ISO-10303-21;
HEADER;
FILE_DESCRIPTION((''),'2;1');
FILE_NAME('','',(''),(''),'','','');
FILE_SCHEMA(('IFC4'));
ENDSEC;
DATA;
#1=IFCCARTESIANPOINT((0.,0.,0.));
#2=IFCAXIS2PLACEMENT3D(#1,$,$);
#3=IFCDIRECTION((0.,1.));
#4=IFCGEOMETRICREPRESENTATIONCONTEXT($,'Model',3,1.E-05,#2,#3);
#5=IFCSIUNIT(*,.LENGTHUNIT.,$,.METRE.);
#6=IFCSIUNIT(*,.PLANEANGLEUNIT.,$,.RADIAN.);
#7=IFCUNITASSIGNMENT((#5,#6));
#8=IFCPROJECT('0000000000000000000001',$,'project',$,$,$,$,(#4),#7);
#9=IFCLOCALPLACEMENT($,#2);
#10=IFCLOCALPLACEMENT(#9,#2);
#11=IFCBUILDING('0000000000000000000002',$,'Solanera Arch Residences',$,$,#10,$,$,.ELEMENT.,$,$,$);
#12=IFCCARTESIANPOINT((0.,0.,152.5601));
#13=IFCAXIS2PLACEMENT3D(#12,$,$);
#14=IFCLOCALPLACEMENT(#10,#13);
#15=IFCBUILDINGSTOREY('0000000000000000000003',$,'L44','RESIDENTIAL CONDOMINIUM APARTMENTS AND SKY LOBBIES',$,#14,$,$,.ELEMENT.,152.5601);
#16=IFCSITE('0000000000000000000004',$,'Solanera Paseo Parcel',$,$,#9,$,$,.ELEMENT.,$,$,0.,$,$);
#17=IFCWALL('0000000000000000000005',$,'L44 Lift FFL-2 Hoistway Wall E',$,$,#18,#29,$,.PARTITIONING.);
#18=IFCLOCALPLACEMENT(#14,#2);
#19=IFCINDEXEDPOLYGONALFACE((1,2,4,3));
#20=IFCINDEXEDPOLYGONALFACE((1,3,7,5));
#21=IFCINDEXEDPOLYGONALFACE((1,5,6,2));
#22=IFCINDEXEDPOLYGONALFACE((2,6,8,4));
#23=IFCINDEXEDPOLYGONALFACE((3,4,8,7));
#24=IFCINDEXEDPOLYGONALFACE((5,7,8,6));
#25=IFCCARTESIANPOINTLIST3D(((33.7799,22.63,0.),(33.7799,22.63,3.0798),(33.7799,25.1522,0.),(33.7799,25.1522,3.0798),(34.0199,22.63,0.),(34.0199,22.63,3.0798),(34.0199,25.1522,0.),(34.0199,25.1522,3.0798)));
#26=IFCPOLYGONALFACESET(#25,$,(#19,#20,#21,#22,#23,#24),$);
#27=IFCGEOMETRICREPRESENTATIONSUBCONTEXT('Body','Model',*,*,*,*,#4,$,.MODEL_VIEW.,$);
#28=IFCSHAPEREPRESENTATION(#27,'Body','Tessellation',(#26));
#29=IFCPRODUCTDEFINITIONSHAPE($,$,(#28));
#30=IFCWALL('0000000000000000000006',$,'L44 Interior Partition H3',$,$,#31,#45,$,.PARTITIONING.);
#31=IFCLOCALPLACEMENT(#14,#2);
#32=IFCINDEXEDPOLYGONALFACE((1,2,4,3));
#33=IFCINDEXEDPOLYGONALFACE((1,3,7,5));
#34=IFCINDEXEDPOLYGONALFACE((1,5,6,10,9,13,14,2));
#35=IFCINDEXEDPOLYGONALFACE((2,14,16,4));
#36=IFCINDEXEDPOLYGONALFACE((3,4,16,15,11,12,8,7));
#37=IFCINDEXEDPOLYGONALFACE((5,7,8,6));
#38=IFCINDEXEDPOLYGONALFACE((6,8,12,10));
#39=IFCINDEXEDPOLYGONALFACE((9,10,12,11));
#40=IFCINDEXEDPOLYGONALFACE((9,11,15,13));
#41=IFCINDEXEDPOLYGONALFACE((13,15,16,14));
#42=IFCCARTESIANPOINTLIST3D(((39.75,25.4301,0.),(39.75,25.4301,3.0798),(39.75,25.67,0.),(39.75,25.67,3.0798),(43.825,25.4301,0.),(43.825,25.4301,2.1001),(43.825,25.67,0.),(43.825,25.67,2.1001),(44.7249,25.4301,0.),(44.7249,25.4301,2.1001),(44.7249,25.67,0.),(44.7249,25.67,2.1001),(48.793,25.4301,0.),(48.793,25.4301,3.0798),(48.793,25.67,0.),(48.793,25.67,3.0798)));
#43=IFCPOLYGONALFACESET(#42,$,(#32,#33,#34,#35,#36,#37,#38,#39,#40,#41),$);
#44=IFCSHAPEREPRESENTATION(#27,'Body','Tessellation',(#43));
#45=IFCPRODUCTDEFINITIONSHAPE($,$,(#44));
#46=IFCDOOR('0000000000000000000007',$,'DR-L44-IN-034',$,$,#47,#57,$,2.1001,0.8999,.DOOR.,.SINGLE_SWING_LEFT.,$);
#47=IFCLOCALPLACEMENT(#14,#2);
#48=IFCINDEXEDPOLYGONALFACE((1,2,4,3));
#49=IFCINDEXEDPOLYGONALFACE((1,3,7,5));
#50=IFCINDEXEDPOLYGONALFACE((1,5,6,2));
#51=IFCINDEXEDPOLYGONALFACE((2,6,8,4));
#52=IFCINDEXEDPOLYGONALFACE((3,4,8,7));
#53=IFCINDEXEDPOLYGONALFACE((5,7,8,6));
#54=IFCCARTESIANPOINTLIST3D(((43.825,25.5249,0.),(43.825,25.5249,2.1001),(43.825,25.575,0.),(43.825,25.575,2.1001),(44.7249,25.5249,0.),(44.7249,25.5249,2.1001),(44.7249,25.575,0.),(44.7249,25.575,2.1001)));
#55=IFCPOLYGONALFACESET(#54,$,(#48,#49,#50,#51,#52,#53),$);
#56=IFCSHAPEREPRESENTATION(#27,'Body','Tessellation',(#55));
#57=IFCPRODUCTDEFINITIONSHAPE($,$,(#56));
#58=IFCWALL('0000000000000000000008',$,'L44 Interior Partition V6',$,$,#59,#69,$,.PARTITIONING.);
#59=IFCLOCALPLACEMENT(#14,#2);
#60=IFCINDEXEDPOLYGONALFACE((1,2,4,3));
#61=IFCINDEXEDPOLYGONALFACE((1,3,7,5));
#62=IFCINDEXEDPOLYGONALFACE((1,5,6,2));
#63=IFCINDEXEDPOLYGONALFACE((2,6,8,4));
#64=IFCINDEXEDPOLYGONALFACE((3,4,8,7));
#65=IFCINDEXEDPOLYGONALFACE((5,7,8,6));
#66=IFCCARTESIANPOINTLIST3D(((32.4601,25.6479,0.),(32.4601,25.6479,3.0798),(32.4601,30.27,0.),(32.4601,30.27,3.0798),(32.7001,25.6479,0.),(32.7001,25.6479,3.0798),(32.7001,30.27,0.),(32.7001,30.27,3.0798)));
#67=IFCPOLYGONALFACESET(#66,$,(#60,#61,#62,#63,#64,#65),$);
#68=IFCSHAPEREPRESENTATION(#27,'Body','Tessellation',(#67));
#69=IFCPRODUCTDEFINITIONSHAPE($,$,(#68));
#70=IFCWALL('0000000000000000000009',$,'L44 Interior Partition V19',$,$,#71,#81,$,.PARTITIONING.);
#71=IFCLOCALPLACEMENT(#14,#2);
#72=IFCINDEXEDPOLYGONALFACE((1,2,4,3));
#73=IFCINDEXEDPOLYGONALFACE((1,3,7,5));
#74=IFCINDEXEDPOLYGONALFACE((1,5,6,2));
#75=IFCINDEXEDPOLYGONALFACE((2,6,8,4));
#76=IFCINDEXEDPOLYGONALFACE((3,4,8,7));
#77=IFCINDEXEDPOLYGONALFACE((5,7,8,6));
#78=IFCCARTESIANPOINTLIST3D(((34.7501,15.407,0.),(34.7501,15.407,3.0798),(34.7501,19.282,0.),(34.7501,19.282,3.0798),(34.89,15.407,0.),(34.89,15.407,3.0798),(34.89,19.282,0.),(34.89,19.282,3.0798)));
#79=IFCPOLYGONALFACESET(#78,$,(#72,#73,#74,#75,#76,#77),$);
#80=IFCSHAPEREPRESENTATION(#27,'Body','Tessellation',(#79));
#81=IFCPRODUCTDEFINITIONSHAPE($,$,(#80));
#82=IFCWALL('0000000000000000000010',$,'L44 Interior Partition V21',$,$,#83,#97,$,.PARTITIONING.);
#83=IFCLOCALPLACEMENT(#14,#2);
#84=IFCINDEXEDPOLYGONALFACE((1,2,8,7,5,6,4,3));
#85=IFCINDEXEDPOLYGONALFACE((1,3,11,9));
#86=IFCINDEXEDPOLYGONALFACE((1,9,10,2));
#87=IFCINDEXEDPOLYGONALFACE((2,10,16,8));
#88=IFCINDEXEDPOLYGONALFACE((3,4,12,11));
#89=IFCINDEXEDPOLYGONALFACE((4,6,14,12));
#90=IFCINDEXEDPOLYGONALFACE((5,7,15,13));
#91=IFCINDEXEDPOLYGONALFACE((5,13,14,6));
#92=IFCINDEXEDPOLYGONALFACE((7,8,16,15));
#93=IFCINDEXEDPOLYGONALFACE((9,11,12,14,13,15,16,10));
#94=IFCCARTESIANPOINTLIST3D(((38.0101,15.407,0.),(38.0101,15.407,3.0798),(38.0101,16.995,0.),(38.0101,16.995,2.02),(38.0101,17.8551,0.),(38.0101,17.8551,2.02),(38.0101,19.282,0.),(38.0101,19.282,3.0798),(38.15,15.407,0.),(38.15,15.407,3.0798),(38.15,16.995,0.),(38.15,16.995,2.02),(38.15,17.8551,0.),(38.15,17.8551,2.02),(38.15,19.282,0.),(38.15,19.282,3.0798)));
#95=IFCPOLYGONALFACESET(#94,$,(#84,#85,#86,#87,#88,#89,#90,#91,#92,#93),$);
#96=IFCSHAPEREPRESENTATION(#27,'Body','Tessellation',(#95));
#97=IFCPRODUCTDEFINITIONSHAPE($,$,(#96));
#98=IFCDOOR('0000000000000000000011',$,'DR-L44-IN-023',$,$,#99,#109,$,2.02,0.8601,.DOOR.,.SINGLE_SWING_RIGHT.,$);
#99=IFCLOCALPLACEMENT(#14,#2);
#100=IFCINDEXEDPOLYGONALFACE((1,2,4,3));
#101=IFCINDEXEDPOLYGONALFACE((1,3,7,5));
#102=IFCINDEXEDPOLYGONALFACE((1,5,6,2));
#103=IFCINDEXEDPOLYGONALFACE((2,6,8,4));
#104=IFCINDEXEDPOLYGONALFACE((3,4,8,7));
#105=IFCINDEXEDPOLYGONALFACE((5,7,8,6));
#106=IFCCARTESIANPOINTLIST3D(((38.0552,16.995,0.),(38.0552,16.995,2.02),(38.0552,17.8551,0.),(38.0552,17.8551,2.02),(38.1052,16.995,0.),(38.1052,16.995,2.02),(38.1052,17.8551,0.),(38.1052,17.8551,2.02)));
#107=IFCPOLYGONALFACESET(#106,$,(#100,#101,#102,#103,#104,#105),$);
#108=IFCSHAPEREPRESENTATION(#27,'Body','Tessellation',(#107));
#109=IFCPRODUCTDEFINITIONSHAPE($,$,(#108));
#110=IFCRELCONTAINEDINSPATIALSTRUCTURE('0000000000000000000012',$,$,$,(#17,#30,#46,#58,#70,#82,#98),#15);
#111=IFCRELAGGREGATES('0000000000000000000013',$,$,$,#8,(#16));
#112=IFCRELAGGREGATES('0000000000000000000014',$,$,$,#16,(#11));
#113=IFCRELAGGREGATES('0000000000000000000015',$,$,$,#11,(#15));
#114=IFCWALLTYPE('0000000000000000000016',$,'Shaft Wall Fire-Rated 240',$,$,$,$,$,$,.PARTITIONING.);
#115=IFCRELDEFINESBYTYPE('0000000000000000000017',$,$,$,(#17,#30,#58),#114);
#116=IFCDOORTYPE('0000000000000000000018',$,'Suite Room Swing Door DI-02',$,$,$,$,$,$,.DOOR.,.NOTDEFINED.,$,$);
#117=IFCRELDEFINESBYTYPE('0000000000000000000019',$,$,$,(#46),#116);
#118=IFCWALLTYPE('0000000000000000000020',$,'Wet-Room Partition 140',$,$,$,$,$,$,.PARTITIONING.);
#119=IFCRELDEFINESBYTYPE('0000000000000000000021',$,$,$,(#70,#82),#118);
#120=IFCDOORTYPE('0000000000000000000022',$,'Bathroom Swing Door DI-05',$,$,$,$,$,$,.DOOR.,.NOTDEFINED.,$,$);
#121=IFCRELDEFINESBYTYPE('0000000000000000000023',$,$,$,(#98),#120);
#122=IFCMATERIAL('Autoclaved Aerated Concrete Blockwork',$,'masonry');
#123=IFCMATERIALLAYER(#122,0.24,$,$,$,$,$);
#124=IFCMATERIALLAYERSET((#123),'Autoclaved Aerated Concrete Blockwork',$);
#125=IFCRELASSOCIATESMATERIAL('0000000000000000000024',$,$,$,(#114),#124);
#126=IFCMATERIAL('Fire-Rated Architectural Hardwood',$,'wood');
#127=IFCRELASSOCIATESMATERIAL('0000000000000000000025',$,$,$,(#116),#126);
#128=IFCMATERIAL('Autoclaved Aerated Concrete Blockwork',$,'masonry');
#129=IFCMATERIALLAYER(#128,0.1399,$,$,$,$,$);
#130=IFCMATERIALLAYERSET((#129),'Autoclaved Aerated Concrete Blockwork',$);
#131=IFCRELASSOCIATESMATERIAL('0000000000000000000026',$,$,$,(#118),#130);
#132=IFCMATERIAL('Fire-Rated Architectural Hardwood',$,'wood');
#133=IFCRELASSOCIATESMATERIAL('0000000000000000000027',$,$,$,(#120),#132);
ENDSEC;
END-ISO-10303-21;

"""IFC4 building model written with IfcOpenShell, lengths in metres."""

from ifc_helpers import new_model, si_unit, direction, frame, frame_2d, origin, place, context, subcontext, project, spatial, rectangle, extrude, material, layer, layer_set, type_object, element, fill, save


model = new_model("IFC4")

# Units and contexts
model_context = context("Model", 3, precision=1e-05, world=origin(), true_north=direction((0.0, 1.0)))
body_context = subcontext(model_context, "Body", "Model", "MODEL_VIEW")
ifc_project = project(units=[si_unit("LENGTHUNIT", "METRE"), si_unit("PLANEANGLEUNIT", "RADIAN")], contexts=[model_context])

# Site, building, storey
site_placement = place(None, origin())
site = spatial("IfcSite", under=ifc_project, at=site_placement, Name="Solanera Paseo Parcel", CompositionType="ELEMENT", RefElevation=0.0)
building_placement = place(site_placement, origin())
building = spatial("IfcBuilding", under=site, at=building_placement, Name="Solanera Arch Residences", CompositionType="ELEMENT")
storey_placement = place(building_placement, frame((0.0, 0.0, 152.5601)))
storey = spatial("IfcBuildingStorey", under=building, at=storey_placement, Name="L44", Description="RESIDENTIAL CONDOMINIUM APARTMENTS AND SKY LOBBIES", CompositionType="ELEMENT", Elevation=152.5601)

# Wall
ifc_material_1 = material(Name="Autoclaved Aerated Concrete Blockwork", Category="masonry")
ifc_layer_1 = layer(ifc_material_1, 0.24)
ifc_layer_set_1 = layer_set([ifc_layer_1], Name="Autoclaved Aerated Concrete Blockwork")
wall_type_1 = type_object("IfcWallType", Name="Shaft Wall Fire-Rated 240", PredefinedType="PARTITIONING", material=ifc_layer_set_1)
wall_1_placement = place(storey_placement, frame((33.8999, 22.6299, 0.0), z_axis=(0.0, 0.0, 1.0), x_axis=(0.0, 1.0, 0.0)))
element("IfcWall", 1, at=wall_1_placement, inside=storey, type_object=wall_type_1, Name="L44 Lift FFL-2 Hoistway Wall E", PredefinedType="PARTITIONING", context=body_context, shape_type="SweptSolid", body=[
    extrude(rectangle(XDim=2.5222, YDim=0.24, at=frame_2d((1.2612, 0.0))), origin(), (0.0, 0.0, 1.0), 3.0798),
])

# Wall, opening, door
wall_2_placement = place(storey_placement, frame((39.75, 25.55, 0.0), z_axis=(0.0, 0.0, 1.0), x_axis=(1.0, 0.0, 0.0)))
wall_2 = element("IfcWall", 2, at=wall_2_placement, inside=storey, type_object=wall_type_1, Name="L44 Interior Partition H3", PredefinedType="PARTITIONING", context=body_context, shape_type="SweptSolid", body=[
    extrude(rectangle(XDim=9.043, YDim=0.24, at=frame_2d((4.5215, 0.0))), origin(), (0.0, 0.0, 1.0), 3.0798),
])
opening_1_placement = place(wall_2_placement, frame((4.075, 0.0, 0.0)))
opening_1 = element("IfcOpeningElement", 3, at=opening_1_placement, cuts=wall_2, PredefinedType="OPENING", context=body_context, shape_type="SweptSolid", body=[
    extrude(rectangle(XDim=0.8999, YDim=2.1001, at=frame_2d((0.45, 1.05))), frame((0.0, 0.1299, 0.0), z_axis=(0.0, -1.0, 0.0), x_axis=(1.0, 0.0, 0.0)), (0.0, 0.0, 1.0), 0.26),
])
ifc_material_2 = material(Name="Fire-Rated Architectural Hardwood", Category="wood")
door_type_1 = type_object("IfcDoorType", Name="Suite Room Swing Door DI-02", OperationType="NOTDEFINED", PredefinedType="DOOR", material=ifc_material_2)
door_1_placement = place(opening_1_placement, origin())
door_1 = element("IfcDoor", 4, at=door_1_placement, inside=storey, type_object=door_type_1, Name="DR-L44-IN-034", OperationType="SINGLE_SWING_LEFT", OverallHeight=2.1001, OverallWidth=0.8999, PredefinedType="DOOR", context=body_context, shape_type="SweptSolid", body=[
    extrude(rectangle(XDim=0.8999, YDim=2.1001, at=frame_2d((0.45, 1.05))), frame((0.0, 0.0249, 0.0), z_axis=(0.0, -1.0, 0.0), x_axis=(1.0, 0.0, 0.0)), (0.0, 0.0, 1.0), 0.05),
])
fill(opening_1, door_1)

# Walls
wall_3_placement = place(storey_placement, frame((32.5801, 25.6479, 0.0), z_axis=(0.0, 0.0, 1.0), x_axis=(0.0, 1.0, 0.0)))
element("IfcWall", 5, at=wall_3_placement, inside=storey, type_object=wall_type_1, Name="L44 Interior Partition V6", PredefinedType="PARTITIONING", context=body_context, shape_type="SweptSolid", body=[
    extrude(rectangle(XDim=4.6221, YDim=0.24, at=frame_2d((2.311, 0.0))), origin(), (0.0, 0.0, 1.0), 3.0798),
])
ifc_material_3 = material(Name="Autoclaved Aerated Concrete Blockwork", Category="masonry")
ifc_layer_2 = layer(ifc_material_3, 0.1399)
ifc_layer_set_2 = layer_set([ifc_layer_2], Name="Autoclaved Aerated Concrete Blockwork")
wall_type_2 = type_object("IfcWallType", Name="Wet-Room Partition 140", PredefinedType="PARTITIONING", material=ifc_layer_set_2)
wall_4_placement = place(storey_placement, frame((34.8201, 15.407, 0.0), z_axis=(0.0, 0.0, 1.0), x_axis=(0.0, 1.0, 0.0)))
element("IfcWall", 6, at=wall_4_placement, inside=storey, type_object=wall_type_2, Name="L44 Interior Partition V19", PredefinedType="PARTITIONING", context=body_context, shape_type="SweptSolid", body=[
    extrude(rectangle(XDim=3.875, YDim=0.1399, at=frame_2d((1.9375, 0.0))), origin(), (0.0, 0.0, 1.0), 3.0798),
])

# Wall, opening, door
wall_5_placement = place(storey_placement, frame((38.0801, 15.407, 0.0), z_axis=(0.0, 0.0, 1.0), x_axis=(0.0, 1.0, 0.0)))
wall_5 = element("IfcWall", 7, at=wall_5_placement, inside=storey, type_object=wall_type_2, Name="L44 Interior Partition V21", PredefinedType="PARTITIONING", context=body_context, shape_type="SweptSolid", body=[
    extrude(rectangle(XDim=3.875, YDim=0.1399, at=frame_2d((1.9375, 0.0))), origin(), (0.0, 0.0, 1.0), 3.0798),
])
opening_2_placement = place(wall_5_placement, frame((1.5879, 0.0, 0.0)))
opening_2 = element("IfcOpeningElement", 8, at=opening_2_placement, cuts=wall_5, PredefinedType="OPENING", context=body_context, shape_type="SweptSolid", body=[
    extrude(rectangle(XDim=0.8601, YDim=2.02, at=frame_2d((0.4302, 1.01))), frame((0.0, 0.0798, 0.0), z_axis=(0.0, -1.0, 0.0), x_axis=(1.0, 0.0, 0.0)), (0.0, 0.0, 1.0), 0.1599),
])
ifc_material_4 = material(Name="Fire-Rated Architectural Hardwood", Category="wood")
door_type_2 = type_object("IfcDoorType", Name="Bathroom Swing Door DI-05", OperationType="NOTDEFINED", PredefinedType="DOOR", material=ifc_material_4)
door_2_placement = place(opening_2_placement, origin())
door_2 = element("IfcDoor", 9, at=door_2_placement, inside=storey, type_object=door_type_2, Name="DR-L44-IN-023", OperationType="SINGLE_SWING_RIGHT", OverallHeight=2.02, OverallWidth=0.8601, PredefinedType="DOOR", context=body_context, shape_type="SweptSolid", body=[
    extrude(rectangle(XDim=0.8601, YDim=2.02, at=frame_2d((0.4302, 1.01))), frame((0.0, 0.0249, 0.0), z_axis=(0.0, -1.0, 0.0), x_axis=(1.0, 0.0, 0.0)), (0.0, 0.0, 1.0), 0.05),
])
fill(opening_2, door_2)

save(model, "model.ifc")
